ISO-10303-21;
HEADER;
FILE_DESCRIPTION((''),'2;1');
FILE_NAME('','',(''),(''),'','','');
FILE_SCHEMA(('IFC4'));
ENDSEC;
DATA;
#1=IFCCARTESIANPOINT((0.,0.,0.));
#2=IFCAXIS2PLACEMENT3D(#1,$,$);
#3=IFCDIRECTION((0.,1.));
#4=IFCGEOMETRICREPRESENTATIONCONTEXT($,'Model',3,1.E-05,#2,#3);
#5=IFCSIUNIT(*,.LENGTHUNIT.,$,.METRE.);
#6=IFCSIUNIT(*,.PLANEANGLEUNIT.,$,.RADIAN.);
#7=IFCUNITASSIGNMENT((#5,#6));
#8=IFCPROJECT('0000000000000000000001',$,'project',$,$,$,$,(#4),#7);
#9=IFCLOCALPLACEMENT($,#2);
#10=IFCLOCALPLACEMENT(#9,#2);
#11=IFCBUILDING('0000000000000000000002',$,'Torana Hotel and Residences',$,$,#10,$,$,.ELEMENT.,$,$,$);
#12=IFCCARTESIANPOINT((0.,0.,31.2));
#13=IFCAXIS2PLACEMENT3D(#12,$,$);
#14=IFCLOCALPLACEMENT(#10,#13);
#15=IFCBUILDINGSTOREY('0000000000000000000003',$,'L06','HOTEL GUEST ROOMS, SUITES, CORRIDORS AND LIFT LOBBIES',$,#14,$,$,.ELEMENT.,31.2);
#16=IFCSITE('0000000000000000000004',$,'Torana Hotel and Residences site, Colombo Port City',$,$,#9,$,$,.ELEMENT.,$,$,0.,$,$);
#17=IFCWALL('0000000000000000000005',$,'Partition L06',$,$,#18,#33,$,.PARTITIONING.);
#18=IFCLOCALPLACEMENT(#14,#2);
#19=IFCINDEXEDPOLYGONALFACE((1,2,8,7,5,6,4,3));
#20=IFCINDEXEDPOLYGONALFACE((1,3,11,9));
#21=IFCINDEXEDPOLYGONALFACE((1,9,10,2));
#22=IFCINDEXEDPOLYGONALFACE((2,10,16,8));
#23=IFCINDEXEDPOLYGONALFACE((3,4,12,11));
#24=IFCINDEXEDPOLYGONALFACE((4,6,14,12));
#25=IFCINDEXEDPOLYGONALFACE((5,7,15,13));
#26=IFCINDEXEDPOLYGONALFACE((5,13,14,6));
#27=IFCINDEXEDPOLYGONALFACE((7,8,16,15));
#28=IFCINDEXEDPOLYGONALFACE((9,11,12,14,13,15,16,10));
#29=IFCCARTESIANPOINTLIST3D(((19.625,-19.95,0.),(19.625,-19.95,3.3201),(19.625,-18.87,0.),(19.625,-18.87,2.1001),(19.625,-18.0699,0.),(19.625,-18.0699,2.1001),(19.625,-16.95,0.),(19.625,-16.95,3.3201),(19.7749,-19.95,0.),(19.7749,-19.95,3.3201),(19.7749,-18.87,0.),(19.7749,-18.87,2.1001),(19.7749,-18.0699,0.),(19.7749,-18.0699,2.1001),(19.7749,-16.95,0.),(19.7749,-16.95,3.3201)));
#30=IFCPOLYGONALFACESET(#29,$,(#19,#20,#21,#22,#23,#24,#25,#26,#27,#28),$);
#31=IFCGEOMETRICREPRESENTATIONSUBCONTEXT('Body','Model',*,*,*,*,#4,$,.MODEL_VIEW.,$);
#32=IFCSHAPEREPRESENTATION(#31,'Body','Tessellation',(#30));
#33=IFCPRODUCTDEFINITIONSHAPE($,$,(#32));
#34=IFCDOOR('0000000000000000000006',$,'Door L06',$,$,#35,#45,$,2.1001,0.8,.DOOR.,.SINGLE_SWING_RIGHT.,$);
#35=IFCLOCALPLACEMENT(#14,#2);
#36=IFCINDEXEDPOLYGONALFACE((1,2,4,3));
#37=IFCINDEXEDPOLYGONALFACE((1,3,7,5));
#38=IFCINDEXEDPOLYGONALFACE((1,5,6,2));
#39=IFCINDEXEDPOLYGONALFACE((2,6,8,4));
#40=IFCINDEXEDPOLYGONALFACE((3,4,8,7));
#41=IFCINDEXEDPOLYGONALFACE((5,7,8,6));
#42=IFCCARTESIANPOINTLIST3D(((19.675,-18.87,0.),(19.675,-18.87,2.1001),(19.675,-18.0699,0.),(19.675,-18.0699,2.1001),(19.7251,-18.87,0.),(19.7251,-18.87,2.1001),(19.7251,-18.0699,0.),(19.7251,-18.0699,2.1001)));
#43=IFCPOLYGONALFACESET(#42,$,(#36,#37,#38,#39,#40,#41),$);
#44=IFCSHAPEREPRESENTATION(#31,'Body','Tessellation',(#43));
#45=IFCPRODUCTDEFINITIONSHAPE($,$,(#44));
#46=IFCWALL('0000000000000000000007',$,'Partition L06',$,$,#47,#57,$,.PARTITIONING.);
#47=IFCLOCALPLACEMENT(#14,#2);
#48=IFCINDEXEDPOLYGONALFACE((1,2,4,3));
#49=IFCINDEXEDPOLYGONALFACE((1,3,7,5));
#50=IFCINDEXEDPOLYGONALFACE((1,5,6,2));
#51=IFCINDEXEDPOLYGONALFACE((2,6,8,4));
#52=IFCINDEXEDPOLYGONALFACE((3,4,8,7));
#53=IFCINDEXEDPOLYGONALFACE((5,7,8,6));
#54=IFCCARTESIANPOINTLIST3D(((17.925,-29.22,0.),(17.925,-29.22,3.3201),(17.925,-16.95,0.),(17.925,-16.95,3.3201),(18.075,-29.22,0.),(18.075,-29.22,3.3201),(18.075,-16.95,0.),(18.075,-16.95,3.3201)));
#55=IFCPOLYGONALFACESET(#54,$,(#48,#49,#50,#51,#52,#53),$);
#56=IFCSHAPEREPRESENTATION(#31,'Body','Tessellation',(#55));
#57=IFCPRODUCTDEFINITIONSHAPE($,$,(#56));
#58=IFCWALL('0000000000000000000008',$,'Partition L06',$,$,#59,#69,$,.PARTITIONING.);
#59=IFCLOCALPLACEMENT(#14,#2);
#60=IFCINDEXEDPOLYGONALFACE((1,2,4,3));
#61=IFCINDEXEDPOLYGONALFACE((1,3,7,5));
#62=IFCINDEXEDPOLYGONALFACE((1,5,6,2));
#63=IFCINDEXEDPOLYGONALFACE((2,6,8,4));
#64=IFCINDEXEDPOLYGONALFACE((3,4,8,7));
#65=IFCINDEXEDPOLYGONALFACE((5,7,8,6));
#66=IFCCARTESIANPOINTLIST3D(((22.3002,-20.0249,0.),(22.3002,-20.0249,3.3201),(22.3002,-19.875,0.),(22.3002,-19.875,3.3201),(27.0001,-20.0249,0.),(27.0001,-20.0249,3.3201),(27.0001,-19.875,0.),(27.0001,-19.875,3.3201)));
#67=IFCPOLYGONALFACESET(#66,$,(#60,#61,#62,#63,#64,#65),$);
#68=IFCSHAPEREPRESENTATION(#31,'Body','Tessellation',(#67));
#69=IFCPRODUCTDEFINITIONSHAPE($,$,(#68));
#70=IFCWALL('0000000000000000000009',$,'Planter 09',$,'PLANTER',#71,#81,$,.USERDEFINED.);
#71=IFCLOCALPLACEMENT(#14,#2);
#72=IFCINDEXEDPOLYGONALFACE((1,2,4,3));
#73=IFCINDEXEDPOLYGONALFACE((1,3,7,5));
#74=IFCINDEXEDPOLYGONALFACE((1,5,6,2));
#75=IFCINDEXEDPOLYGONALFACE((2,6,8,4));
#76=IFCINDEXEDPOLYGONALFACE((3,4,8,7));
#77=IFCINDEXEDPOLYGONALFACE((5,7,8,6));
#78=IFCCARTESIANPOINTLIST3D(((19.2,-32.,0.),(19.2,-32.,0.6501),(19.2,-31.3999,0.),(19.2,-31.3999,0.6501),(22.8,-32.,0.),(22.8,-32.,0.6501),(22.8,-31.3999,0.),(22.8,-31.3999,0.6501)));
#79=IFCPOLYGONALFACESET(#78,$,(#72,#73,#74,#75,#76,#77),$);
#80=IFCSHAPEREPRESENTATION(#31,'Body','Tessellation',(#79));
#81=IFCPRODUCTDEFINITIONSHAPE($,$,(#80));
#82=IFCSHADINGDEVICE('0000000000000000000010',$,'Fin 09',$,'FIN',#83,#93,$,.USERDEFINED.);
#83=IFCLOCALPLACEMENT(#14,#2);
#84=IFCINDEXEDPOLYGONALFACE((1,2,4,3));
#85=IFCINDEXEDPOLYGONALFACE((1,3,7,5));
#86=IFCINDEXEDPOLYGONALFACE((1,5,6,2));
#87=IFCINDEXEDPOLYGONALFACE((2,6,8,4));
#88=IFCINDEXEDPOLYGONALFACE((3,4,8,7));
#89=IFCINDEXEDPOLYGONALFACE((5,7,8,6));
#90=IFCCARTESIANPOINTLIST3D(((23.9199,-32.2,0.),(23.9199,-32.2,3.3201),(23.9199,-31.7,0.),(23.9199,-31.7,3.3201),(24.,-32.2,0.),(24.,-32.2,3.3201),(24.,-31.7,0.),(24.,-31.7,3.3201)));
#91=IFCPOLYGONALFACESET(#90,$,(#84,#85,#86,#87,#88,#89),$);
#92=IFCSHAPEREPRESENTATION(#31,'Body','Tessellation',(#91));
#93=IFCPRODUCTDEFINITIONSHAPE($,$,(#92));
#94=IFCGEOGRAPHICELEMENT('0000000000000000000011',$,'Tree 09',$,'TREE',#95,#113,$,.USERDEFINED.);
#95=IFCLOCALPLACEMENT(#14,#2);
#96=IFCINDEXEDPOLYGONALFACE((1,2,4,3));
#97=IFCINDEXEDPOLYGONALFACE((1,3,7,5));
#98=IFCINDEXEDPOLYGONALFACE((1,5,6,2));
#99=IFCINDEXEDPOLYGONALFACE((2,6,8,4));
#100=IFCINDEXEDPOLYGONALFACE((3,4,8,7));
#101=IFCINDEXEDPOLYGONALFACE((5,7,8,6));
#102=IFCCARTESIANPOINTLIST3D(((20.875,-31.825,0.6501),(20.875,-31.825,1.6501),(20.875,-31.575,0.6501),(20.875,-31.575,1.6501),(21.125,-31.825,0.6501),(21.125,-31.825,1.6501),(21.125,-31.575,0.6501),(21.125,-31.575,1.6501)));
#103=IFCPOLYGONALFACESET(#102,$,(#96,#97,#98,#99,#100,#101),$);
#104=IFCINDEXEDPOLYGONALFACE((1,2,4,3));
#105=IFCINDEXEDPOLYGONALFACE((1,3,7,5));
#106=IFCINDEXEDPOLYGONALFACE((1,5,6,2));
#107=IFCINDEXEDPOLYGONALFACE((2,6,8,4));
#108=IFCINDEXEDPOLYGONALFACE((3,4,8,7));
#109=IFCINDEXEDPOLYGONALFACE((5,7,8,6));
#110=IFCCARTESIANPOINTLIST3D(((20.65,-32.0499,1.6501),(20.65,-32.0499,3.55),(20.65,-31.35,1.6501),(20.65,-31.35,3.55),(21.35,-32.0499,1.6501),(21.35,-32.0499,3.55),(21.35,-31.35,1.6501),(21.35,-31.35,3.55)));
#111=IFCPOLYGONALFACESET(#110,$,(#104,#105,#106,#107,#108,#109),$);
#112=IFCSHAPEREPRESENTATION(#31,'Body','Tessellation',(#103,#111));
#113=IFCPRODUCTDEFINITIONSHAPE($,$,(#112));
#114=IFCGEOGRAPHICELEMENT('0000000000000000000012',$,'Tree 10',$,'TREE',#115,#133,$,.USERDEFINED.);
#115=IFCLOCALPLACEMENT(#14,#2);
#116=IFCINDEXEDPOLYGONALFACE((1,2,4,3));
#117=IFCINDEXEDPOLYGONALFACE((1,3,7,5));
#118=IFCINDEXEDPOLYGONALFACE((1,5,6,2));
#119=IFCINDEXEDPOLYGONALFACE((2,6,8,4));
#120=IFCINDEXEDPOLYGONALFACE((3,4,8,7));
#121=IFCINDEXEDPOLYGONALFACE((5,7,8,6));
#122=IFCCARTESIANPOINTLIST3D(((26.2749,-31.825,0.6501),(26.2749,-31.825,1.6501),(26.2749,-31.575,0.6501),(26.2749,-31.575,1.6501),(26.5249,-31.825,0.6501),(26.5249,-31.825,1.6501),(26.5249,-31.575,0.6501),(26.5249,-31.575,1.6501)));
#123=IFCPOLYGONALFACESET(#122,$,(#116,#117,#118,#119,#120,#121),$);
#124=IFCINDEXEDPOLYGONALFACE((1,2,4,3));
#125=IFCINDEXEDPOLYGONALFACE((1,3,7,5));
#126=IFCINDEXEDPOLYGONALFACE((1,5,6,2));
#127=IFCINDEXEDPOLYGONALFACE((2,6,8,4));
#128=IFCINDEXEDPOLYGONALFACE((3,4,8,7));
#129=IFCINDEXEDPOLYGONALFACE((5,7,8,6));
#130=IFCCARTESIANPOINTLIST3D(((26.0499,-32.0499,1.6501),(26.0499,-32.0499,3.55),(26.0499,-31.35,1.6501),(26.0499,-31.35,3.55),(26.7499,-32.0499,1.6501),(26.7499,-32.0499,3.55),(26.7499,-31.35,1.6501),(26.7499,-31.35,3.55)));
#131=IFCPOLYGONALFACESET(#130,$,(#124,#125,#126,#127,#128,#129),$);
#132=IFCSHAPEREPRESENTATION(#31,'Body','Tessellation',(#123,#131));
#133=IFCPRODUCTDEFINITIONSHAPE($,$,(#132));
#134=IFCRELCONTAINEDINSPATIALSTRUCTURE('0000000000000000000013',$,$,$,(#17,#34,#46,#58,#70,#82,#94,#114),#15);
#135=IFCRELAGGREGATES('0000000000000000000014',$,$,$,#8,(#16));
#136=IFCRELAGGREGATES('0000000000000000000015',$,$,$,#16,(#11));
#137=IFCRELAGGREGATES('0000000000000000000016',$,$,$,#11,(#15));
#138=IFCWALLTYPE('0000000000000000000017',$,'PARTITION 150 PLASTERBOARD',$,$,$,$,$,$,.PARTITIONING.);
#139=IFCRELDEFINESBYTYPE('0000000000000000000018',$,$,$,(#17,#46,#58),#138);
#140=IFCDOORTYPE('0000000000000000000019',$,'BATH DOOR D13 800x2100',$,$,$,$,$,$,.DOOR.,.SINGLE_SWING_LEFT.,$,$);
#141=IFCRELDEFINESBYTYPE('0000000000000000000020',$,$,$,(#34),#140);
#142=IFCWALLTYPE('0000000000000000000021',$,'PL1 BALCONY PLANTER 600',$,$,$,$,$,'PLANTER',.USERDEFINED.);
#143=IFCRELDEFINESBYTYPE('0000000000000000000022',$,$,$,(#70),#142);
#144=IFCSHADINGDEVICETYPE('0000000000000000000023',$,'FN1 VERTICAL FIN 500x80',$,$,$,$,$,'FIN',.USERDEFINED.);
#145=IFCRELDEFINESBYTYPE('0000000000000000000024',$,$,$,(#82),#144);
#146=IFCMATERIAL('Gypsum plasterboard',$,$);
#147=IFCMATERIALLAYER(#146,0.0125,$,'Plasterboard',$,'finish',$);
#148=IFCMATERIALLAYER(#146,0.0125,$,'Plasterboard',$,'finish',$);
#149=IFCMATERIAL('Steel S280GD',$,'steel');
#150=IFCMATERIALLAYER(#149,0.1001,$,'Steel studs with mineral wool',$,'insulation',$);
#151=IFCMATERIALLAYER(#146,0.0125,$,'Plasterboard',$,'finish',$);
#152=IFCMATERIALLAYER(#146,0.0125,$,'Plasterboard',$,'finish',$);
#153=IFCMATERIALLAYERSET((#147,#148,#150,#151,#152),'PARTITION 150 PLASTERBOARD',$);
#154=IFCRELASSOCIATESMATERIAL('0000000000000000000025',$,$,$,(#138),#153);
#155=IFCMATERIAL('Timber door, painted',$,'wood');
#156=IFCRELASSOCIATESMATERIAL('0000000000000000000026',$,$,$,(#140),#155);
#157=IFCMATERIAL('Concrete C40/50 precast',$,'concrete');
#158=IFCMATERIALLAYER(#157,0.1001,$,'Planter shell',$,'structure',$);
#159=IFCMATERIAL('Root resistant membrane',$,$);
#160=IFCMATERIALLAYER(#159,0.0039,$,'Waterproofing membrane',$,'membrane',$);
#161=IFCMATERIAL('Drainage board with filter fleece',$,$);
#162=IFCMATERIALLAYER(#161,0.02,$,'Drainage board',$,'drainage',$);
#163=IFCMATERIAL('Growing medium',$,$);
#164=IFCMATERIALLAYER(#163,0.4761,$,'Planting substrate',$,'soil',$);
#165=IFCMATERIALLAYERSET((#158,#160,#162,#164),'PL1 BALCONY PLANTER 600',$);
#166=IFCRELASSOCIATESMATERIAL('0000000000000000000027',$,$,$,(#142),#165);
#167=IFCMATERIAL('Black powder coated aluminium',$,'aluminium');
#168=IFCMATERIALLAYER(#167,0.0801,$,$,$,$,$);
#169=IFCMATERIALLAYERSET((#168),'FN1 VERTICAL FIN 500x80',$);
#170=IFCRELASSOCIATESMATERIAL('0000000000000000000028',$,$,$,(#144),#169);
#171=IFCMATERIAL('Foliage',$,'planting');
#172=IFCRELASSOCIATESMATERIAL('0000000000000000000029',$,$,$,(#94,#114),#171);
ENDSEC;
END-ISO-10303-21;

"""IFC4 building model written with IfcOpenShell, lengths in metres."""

from ifc_helpers import new_model, si_unit, direction, frame, frame_2d, origin, origin_2d, place, context, subcontext, project, spatial, rectangle, extrude, material, layer, layer_set, type_object, element, fill, save


model = new_model("IFC4")

# Units and contexts
model_context = context("Model", 3, precision=1e-05, world=origin(), true_north=direction((0.0, 1.0)))
body_context = subcontext(model_context, "Body", "Model", "MODEL_VIEW")
ifc_project = project(units=[si_unit("LENGTHUNIT", "METRE"), si_unit("PLANEANGLEUNIT", "RADIAN")], contexts=[model_context])

# Site, building, storey
site_placement = place(None, origin())
site = spatial("IfcSite", under=ifc_project, at=site_placement, Name="Torana Hotel and Residences site, Colombo Port City", CompositionType="ELEMENT", RefElevation=0.0)
building_placement = place(site_placement, origin())
building = spatial("IfcBuilding", under=site, at=building_placement, Name="Torana Hotel and Residences", CompositionType="ELEMENT")
storey_placement = place(building_placement, frame((0.0, 0.0, 31.2)))
storey = spatial("IfcBuildingStorey", under=building, at=storey_placement, Name="L06", Description="HOTEL GUEST ROOMS, SUITES, CORRIDORS AND LIFT LOBBIES", CompositionType="ELEMENT", Elevation=31.2)

# Shared definitions
ifc_material_1 = material(Name="Gypsum plasterboard")
ifc_layer_1 = layer(ifc_material_1, 0.0125, Name="Plasterboard", Category="finish")
ifc_layer_2 = layer(ifc_material_1, 0.0125, Name="Plasterboard", Category="finish")
ifc_material_2 = material(Name="Steel S280GD", Category="steel")
ifc_layer_3 = layer(ifc_material_2, 0.1001, Name="Steel studs with mineral wool", Category="insulation")
ifc_layer_4 = layer(ifc_material_1, 0.0125, Name="Plasterboard", Category="finish")
ifc_layer_5 = layer(ifc_material_1, 0.0125, Name="Plasterboard", Category="finish")
ifc_layer_set_1 = layer_set([ifc_layer_1, ifc_layer_2, ifc_layer_3, ifc_layer_4, ifc_layer_5], Name="PARTITION 150 PLASTERBOARD")
wall_type_1 = type_object("IfcWallType", Name="PARTITION 150 PLASTERBOARD", PredefinedType="PARTITIONING", material=ifc_layer_set_1)

# Shared definitions
ifc_material_3 = material(Name="Timber door, painted", Category="wood")
door_type_1 = type_object("IfcDoorType", Name="BATH DOOR D13 800x2100", OperationType="SINGLE_SWING_LEFT", PredefinedType="DOOR", material=ifc_material_3)

# Wall, opening, door
wall_1_placement = place(storey_placement, frame((19.7, -19.95, 0.0), z_axis=(0.0, 0.0, 1.0), x_axis=(0.0, 1.0, 0.0)))
wall_1 = element("IfcWall", 1, at=wall_1_placement, inside=storey, type_object=wall_type_1, Name="Partition L06", PredefinedType="PARTITIONING", context=body_context, shape_type="SweptSolid", body=[
    extrude(rectangle(XDim=3.0, YDim=0.1499, at=frame_2d((1.5, 0.0))), origin(), (0.0, 0.0, 1.0), 3.3201),
])
opening_1_placement = place(wall_1_placement, frame((1.0801, 0.0, 0.0)))
opening_1 = element("IfcOpeningElement", 2, at=opening_1_placement, cuts=wall_1, PredefinedType="OPENING", context=body_context, shape_type="SweptSolid", body=[
    extrude(rectangle(XDim=0.8, YDim=2.1001, at=frame_2d((0.3999, 1.05))), frame((0.0, 0.085, 0.0), z_axis=(0.0, -1.0, 0.0), x_axis=(1.0, 0.0, 0.0)), (0.0, 0.0, 1.0), 0.1699),
])
door_1_placement = place(opening_1_placement, origin())
door_1 = element("IfcDoor", 3, at=door_1_placement, inside=storey, type_object=door_type_1, Name="Door L06", OperationType="SINGLE_SWING_RIGHT", OverallHeight=2.1001, OverallWidth=0.8, PredefinedType="DOOR", context=body_context, shape_type="SweptSolid", body=[
    extrude(rectangle(XDim=0.8, YDim=2.1001, at=frame_2d((0.3999, 1.05))), frame((0.0, 0.0249, 0.0), z_axis=(0.0, -1.0, 0.0), x_axis=(1.0, 0.0, 0.0)), (0.0, 0.0, 1.0), 0.05),
])
fill(opening_1, door_1)

# Walls
wall_2_placement = place(storey_placement, frame((18.0, -29.22, 0.0), z_axis=(0.0, 0.0, 1.0), x_axis=(0.0, 1.0, 0.0)))
element("IfcWall", 4, at=wall_2_placement, inside=storey, type_object=wall_type_1, Name="Partition L06", PredefinedType="PARTITIONING", context=body_context, shape_type="SweptSolid", body=[
    extrude(rectangle(XDim=12.27, YDim=0.1499, at=frame_2d((6.135, 0.0))), origin(), (0.0, 0.0, 1.0), 3.3201),
])
wall_3_placement = place(storey_placement, frame((22.3, -19.95, 0.0), z_axis=(0.0, 0.0, 1.0), x_axis=(1.0, 0.0, 0.0)))
element("IfcWall", 5, at=wall_3_placement, inside=storey, type_object=wall_type_1, Name="Partition L06", PredefinedType="PARTITIONING", context=body_context, shape_type="SweptSolid", body=[
    extrude(rectangle(XDim=4.7, YDim=0.1499, at=frame_2d((2.3501, 0.0))), origin(), (0.0, 0.0, 1.0), 3.3201),
])
ifc_material_4 = material(Name="Concrete C40/50 precast", Category="concrete")
ifc_layer_6 = layer(ifc_material_4, 0.1001, Name="Planter shell", Category="structure")
ifc_material_5 = material(Name="Root resistant membrane")
ifc_layer_7 = layer(ifc_material_5, 0.0039, Name="Waterproofing membrane", Category="membrane")
ifc_material_6 = material(Name="Drainage board with filter fleece")
ifc_layer_8 = layer(ifc_material_6, 0.02, Name="Drainage board", Category="drainage")
ifc_material_7 = material(Name="Growing medium")
ifc_layer_9 = layer(ifc_material_7, 0.4761, Name="Planting substrate", Category="soil")
ifc_layer_set_2 = layer_set([ifc_layer_6, ifc_layer_7, ifc_layer_8, ifc_layer_9], Name="PL1 BALCONY PLANTER 600")
wall_type_2 = type_object("IfcWallType", Name="PL1 BALCONY PLANTER 600", ElementType="PLANTER", PredefinedType="USERDEFINED", material=ifc_layer_set_2)
wall_4_placement = place(storey_placement, frame((22.8, -31.7, 0.0), z_axis=(0.0, 0.0, 1.0), x_axis=(-1.0, 0.0, 0.0)))
element("IfcWall", 6, at=wall_4_placement, inside=storey, type_object=wall_type_2, Name="Planter 09", ObjectType="PLANTER", PredefinedType="USERDEFINED", context=body_context, shape_type="SweptSolid", body=[
    extrude(rectangle(XDim=3.6001, YDim=0.6001, at=frame_2d((1.8, 0.0))), origin(), (0.0, 0.0, 1.0), 0.6501),
])

# Shading device
ifc_material_8 = material(Name="Black powder coated aluminium", Category="aluminium")
ifc_layer_10 = layer(ifc_material_8, 0.0801)
ifc_layer_set_3 = layer_set([ifc_layer_10], Name="FN1 VERTICAL FIN 500x80")
shading_device_type = type_object("IfcShadingDeviceType", Name="FN1 VERTICAL FIN 500x80", ElementType="FIN", PredefinedType="USERDEFINED", material=ifc_layer_set_3)
shading_device_placement = place(storey_placement, frame((23.96, -31.95, 0.0), z_axis=(0.0, 0.0, 1.0), x_axis=(-1.0, 0.0, 0.0)))
element("IfcShadingDevice", 7, at=shading_device_placement, inside=storey, type_object=shading_device_type, Name="Fin 09", ObjectType="FIN", PredefinedType="USERDEFINED", context=body_context, shape_type="SweptSolid", body=[
    extrude(rectangle(XDim=0.0801, YDim=0.5, at=origin_2d()), origin(), (0.0, 0.0, 1.0), 3.3201),
])

# Geographic elements
ifc_material_9 = material(Name="Foliage", Category="planting")
for number, where, z_axis, x_axis, name in (
    (8, (21.0, -31.7, 0.6501), (0.0, 0.0, 1.0), (1.0, 0.0, 0.0), "Tree 09"),
    (9, (26.3999, -31.7, 0.6501), (0.0, 0.0, 1.0), (1.0, 0.0, 0.0), "Tree 10"),
):
    element("IfcGeographicElement", number, at=place(storey_placement, frame(where, z_axis=z_axis, x_axis=x_axis)), inside=storey, material=ifc_material_9, Name=name, ObjectType="TREE", PredefinedType="USERDEFINED", context=body_context, shape_type="SweptSolid", body=[
        extrude(rectangle(XDim=0.25, YDim=0.25, at=origin_2d()), origin(), (0.0, 0.0, 1.0), 1.0),
        extrude(rectangle(XDim=0.7, YDim=0.7, at=origin_2d()), frame((0.0, 0.0, 1.0)), (0.0, 0.0, 1.0), 1.8999),
    ])

save(model, "model.ifc")
